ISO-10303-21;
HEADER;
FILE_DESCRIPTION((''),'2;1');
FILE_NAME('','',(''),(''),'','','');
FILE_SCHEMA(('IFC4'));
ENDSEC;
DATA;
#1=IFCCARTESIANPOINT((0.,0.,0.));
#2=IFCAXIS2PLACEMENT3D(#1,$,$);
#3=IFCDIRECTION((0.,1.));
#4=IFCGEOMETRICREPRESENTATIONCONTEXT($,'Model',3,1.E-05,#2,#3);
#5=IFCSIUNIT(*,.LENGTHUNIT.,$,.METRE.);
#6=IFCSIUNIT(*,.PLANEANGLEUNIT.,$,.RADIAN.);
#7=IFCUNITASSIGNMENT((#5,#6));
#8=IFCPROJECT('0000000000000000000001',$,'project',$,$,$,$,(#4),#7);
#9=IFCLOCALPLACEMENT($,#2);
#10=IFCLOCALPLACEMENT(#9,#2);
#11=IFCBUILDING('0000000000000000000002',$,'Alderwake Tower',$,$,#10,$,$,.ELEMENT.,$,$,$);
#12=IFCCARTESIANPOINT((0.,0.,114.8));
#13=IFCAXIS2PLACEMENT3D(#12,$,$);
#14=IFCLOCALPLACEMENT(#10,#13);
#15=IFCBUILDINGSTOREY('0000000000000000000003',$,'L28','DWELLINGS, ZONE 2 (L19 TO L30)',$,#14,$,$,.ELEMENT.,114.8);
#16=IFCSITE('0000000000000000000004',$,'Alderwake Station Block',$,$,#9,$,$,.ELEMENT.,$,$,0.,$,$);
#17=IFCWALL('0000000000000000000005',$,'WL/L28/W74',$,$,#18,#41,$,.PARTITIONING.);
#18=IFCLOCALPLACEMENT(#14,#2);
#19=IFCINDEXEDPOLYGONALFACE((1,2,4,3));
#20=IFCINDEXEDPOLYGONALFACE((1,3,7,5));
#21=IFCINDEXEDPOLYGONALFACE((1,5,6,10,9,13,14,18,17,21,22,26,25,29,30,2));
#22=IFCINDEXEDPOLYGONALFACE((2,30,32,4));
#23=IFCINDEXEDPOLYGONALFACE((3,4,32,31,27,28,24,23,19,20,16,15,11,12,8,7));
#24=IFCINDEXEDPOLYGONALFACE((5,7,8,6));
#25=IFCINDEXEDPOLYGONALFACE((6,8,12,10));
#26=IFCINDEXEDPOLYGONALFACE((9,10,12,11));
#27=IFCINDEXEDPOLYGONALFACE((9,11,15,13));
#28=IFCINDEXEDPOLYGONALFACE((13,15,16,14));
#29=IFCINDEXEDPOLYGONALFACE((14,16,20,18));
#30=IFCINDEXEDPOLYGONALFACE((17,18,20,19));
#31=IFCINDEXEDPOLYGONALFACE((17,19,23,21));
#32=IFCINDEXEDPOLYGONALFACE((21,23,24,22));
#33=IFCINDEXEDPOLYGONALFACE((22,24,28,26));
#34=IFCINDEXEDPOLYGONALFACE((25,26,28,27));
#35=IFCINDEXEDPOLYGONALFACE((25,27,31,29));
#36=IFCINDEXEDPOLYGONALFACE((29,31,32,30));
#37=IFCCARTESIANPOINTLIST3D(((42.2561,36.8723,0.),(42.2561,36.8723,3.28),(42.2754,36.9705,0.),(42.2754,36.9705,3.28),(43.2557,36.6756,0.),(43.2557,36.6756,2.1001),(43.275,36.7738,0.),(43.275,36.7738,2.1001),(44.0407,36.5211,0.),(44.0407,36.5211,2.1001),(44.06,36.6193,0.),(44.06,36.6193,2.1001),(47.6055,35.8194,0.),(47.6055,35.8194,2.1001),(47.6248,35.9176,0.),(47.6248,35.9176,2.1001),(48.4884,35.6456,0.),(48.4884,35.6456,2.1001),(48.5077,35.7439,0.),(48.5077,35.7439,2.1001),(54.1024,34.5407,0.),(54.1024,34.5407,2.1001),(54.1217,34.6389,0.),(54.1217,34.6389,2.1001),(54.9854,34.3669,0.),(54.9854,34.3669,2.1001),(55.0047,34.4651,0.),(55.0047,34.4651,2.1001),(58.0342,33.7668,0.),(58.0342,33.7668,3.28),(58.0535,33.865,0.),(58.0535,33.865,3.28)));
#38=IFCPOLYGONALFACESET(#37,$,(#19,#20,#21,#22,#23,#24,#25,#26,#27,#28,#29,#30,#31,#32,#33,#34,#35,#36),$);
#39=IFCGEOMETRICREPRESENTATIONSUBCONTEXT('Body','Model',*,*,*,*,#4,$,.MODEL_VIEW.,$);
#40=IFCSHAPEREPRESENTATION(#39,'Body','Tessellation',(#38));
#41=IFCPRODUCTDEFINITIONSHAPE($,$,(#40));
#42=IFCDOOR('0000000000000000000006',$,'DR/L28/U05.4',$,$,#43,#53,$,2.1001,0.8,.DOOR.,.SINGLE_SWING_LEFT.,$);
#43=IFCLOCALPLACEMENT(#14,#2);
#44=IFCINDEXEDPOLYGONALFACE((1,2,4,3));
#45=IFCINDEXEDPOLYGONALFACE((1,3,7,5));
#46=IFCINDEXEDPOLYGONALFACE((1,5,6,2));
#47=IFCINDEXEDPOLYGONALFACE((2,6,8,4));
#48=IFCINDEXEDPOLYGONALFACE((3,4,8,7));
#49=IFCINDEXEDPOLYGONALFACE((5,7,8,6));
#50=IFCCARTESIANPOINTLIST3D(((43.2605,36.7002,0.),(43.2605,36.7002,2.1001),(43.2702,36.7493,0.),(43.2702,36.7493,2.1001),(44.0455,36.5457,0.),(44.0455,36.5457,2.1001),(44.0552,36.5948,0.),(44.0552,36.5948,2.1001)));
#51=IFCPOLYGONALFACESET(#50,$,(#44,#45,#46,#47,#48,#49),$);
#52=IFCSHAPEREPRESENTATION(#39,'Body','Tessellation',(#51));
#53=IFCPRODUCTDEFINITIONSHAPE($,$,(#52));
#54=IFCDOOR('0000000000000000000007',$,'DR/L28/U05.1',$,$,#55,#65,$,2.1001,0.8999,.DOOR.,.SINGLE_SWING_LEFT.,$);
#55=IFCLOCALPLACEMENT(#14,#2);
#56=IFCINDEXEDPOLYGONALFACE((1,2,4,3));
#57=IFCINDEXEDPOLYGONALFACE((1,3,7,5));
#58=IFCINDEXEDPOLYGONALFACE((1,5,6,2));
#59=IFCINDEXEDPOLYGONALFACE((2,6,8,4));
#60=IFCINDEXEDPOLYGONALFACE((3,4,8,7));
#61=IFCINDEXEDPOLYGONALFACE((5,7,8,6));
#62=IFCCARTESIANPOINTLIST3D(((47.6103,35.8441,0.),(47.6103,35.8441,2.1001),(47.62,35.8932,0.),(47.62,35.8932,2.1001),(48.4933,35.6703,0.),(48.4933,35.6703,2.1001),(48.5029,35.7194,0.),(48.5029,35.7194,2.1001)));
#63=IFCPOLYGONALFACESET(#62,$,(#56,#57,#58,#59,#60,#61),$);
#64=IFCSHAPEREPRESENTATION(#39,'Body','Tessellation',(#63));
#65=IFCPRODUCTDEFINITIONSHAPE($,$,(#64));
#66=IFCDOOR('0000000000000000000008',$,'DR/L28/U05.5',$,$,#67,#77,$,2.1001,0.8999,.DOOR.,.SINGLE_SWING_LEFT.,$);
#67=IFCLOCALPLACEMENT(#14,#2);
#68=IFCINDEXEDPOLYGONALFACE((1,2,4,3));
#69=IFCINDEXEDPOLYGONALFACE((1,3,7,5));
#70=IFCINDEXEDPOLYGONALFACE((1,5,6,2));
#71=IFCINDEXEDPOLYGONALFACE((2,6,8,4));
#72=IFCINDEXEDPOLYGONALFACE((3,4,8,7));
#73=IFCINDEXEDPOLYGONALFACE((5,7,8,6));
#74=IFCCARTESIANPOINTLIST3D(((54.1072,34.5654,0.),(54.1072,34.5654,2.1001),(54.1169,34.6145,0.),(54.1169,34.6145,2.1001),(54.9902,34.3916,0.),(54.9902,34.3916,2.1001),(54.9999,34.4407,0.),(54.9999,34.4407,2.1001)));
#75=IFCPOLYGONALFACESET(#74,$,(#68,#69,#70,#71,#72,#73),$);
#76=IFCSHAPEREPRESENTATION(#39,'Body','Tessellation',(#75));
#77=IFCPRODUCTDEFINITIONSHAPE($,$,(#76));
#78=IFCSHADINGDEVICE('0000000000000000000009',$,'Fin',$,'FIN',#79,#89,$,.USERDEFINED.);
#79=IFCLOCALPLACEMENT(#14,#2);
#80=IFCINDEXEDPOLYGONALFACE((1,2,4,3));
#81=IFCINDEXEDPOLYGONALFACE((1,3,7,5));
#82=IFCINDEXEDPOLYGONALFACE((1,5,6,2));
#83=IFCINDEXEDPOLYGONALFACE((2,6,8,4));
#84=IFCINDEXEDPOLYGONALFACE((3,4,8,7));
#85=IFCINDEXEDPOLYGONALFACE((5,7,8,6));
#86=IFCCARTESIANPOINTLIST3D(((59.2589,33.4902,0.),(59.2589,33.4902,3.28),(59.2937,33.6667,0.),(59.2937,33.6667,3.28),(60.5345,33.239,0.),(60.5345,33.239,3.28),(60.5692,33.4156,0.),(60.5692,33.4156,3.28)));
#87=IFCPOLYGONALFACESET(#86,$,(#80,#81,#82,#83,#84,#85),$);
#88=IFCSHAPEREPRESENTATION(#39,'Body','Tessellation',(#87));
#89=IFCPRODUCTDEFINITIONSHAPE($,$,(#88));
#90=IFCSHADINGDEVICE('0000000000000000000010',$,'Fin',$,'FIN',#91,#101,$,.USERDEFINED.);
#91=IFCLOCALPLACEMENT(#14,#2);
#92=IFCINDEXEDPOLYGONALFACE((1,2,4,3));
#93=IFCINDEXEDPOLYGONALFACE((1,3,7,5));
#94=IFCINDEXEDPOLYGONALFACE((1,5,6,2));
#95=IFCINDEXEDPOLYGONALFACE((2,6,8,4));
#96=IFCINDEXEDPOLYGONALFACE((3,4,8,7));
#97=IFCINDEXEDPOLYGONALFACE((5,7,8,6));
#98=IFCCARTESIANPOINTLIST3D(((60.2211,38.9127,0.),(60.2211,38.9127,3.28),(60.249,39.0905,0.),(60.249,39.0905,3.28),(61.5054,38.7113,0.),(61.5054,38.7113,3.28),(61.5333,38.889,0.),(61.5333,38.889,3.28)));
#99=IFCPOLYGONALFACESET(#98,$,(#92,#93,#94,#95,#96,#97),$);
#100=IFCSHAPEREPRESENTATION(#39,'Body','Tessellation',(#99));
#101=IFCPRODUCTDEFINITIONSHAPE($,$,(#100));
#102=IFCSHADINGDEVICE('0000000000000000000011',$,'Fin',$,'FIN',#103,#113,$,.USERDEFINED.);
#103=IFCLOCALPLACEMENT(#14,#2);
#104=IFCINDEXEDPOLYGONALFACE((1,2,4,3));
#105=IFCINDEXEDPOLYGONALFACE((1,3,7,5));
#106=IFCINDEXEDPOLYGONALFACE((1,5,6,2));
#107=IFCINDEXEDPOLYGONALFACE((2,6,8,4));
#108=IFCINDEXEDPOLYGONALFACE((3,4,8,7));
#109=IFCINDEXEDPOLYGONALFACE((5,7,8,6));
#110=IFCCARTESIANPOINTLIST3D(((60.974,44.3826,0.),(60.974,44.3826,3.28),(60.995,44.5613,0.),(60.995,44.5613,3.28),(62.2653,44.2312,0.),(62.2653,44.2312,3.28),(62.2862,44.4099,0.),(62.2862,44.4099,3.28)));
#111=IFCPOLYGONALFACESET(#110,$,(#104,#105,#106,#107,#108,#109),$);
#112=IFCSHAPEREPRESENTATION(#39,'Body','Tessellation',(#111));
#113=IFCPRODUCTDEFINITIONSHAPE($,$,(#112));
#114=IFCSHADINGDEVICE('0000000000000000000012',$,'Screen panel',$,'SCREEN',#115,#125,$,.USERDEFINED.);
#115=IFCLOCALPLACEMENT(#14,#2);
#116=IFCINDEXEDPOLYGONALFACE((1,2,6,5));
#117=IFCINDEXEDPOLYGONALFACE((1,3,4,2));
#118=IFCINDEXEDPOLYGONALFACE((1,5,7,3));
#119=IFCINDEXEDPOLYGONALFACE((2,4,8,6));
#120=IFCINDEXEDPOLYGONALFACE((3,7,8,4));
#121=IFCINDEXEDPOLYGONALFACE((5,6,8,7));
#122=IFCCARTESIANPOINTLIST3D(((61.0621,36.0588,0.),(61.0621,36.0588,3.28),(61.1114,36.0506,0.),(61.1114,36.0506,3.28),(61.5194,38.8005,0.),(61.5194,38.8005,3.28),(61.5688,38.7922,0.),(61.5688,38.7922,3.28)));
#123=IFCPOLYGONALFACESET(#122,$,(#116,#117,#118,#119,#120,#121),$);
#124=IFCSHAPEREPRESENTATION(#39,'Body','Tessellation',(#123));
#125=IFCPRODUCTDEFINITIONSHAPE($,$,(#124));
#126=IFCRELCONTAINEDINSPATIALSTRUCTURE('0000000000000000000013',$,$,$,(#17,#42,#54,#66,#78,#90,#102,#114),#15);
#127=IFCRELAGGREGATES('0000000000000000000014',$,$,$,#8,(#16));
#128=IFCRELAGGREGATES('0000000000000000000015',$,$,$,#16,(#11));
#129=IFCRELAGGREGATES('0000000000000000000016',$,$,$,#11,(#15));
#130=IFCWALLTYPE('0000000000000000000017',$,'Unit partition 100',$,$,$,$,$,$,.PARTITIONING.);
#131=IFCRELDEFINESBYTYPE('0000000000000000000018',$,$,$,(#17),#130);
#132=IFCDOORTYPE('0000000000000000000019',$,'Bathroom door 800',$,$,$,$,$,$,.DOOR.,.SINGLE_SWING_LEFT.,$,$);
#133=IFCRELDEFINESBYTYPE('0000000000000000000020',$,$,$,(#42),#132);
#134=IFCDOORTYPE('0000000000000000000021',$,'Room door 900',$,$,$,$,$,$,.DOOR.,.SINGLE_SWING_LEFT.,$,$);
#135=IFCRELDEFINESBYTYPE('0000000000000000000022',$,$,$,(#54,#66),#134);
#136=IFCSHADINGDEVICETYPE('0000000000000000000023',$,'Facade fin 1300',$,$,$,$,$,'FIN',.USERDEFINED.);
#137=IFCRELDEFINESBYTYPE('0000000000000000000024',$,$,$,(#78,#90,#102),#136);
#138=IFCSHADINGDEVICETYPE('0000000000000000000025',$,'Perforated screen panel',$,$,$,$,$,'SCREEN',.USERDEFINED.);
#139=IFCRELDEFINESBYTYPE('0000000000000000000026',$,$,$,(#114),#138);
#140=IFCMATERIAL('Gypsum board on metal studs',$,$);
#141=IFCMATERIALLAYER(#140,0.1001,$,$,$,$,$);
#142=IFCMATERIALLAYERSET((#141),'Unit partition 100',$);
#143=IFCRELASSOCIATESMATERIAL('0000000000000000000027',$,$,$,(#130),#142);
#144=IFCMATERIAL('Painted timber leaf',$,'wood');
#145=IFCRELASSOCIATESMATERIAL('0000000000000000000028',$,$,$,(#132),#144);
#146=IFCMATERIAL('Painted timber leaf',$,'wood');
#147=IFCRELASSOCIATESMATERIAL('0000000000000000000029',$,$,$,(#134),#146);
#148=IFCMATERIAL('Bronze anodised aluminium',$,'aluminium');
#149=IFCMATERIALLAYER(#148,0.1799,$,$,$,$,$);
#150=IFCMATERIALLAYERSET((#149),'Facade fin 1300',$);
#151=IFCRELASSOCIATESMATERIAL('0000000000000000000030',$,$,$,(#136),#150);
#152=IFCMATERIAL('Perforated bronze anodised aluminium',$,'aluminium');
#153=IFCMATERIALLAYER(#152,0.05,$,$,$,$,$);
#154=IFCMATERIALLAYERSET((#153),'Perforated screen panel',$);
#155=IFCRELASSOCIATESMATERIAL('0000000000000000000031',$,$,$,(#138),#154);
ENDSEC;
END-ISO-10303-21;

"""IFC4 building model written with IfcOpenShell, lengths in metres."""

from ifc_helpers import new_model, si_unit, direction, frame, frame_2d, origin, origin_2d, place, context, subcontext, project, spatial, rectangle, extrude, material, layer, layer_set, type_object, element, fill, save


model = new_model("IFC4")

# Units and contexts
model_context = context("Model", 3, precision=1e-05, world=origin(), true_north=direction((0.0, 1.0)))
body_context = subcontext(model_context, "Body", "Model", "MODEL_VIEW")
ifc_project = project(units=[si_unit("LENGTHUNIT", "METRE"), si_unit("PLANEANGLEUNIT", "RADIAN")], contexts=[model_context])

# Site, building, storey
site_placement = place(None, origin())
site = spatial("IfcSite", under=ifc_project, at=site_placement, Name="Alderwake Station Block", CompositionType="ELEMENT", RefElevation=0.0)
building_placement = place(site_placement, origin())
building = spatial("IfcBuilding", under=site, at=building_placement, Name="Alderwake Tower", CompositionType="ELEMENT")
storey_placement = place(building_placement, frame((0.0, 0.0, 114.8)))
storey = spatial("IfcBuildingStorey", under=building, at=storey_placement, Name="L28", Description="DWELLINGS, ZONE 2 (L19 TO L30)", CompositionType="ELEMENT", Elevation=114.8)

# Wall, openings, doors
ifc_material_1 = material(Name="Gypsum board on metal studs")
ifc_layer_1 = layer(ifc_material_1, 0.1001)
ifc_layer_set_1 = layer_set([ifc_layer_1], Name="Unit partition 100")
wall_type_1 = type_object("IfcWallType", Name="Unit partition 100", PredefinedType="PARTITIONING", material=ifc_layer_set_1)
ifc_material_2 = material(Name="Painted timber leaf", Category="wood")
door_type_1 = type_object("IfcDoorType", Name="Bathroom door 800", OperationType="SINGLE_SWING_LEFT", PredefinedType="DOOR", material=ifc_material_2)
ifc_material_3 = material(Name="Painted timber leaf", Category="wood")
door_type_2 = type_object("IfcDoorType", Name="Room door 900", OperationType="SINGLE_SWING_LEFT", PredefinedType="DOOR", material=ifc_material_3)
wall_1_placement = place(storey_placement, frame((58.0439, 33.8159, 0.0), z_axis=(0.0, 0.0, 1.0), x_axis=(-0.981176, 0.193117, 0.0)))
wall_1 = element("IfcWall", 1, at=wall_1_placement, inside=storey, type_object=wall_type_1, Name="WL/L28/W74", PredefinedType="PARTITIONING", context=body_context, shape_type="SweptSolid", body=[
    extrude(rectangle(XDim=16.0808, YDim=0.1001, at=frame_2d((8.0405, 0.0))), origin(), (0.0, 0.0, 1.0), 3.28),
])
opening_1_placement = place(wall_1_placement, frame((9.729, 0.0, 0.0)))
opening_1 = element("IfcOpeningElement", 2, at=opening_1_placement, cuts=wall_1, PredefinedType="OPENING", context=body_context, shape_type="SweptSolid", body=[
    extrude(rectangle(XDim=0.8999, YDim=2.1001, at=frame_2d((0.45, 1.05))), frame((0.0, 0.0601, 0.0), z_axis=(0.0, -1.0, 0.0), x_axis=(1.0, 0.0, 0.0)), (0.0, 0.0, 1.0), 0.1201),
])
opening_2_placement = place(wall_1_placement, frame((14.2622, 0.0, 0.0)))
opening_2 = element("IfcOpeningElement", 3, at=opening_2_placement, cuts=wall_1, PredefinedType="OPENING", context=body_context, shape_type="SweptSolid", body=[
    extrude(rectangle(XDim=0.8, YDim=2.1001, at=frame_2d((0.3999, 1.05))), frame((0.0, 0.0601, 0.0), z_axis=(0.0, -1.0, 0.0), x_axis=(1.0, 0.0, 0.0)), (0.0, 0.0, 1.0), 0.1201),
])
opening_3_placement = place(wall_1_placement, frame((3.1074, 0.0, 0.0)))
opening_3 = element("IfcOpeningElement", 4, at=opening_3_placement, cuts=wall_1, PredefinedType="OPENING", context=body_context, shape_type="SweptSolid", body=[
    extrude(rectangle(XDim=0.8999, YDim=2.1001, at=frame_2d((0.45, 1.05))), frame((0.0, 0.0601, 0.0), z_axis=(0.0, -1.0, 0.0), x_axis=(1.0, 0.0, 0.0)), (0.0, 0.0, 1.0), 0.1201),
])
door_1_placement = place(opening_2_placement, origin())
door_1 = element("IfcDoor", 5, at=door_1_placement, inside=storey, type_object=door_type_1, Name="DR/L28/U05.4", OperationType="SINGLE_SWING_LEFT", OverallHeight=2.1001, OverallWidth=0.8, PredefinedType="DOOR", context=body_context, shape_type="SweptSolid", body=[
    extrude(rectangle(XDim=0.8, YDim=2.1001, at=frame_2d((0.3999, 1.05))), frame((0.0, 0.0249, 0.0), z_axis=(0.0, -1.0, 0.0), x_axis=(1.0, 0.0, 0.0)), (0.0, 0.0, 1.0), 0.05),
])
fill(opening_2, door_1)
door_2_placement = place(opening_1_placement, origin())
door_2 = element("IfcDoor", 6, at=door_2_placement, inside=storey, type_object=door_type_2, Name="DR/L28/U05.1", OperationType="SINGLE_SWING_LEFT", OverallHeight=2.1001, OverallWidth=0.8999, PredefinedType="DOOR", context=body_context, shape_type="SweptSolid", body=[
    extrude(rectangle(XDim=0.8999, YDim=2.1001, at=frame_2d((0.45, 1.05))), frame((0.0, 0.0249, 0.0), z_axis=(0.0, -1.0, 0.0), x_axis=(1.0, 0.0, 0.0)), (0.0, 0.0, 1.0), 0.05),
])
fill(opening_1, door_2)
door_3_placement = place(opening_3_placement, origin())
door_3 = element("IfcDoor", 7, at=door_3_placement, inside=storey, type_object=door_type_2, Name="DR/L28/U05.5", OperationType="SINGLE_SWING_LEFT", OverallHeight=2.1001, OverallWidth=0.8999, PredefinedType="DOOR", context=body_context, shape_type="SweptSolid", body=[
    extrude(rectangle(XDim=0.8999, YDim=2.1001, at=frame_2d((0.45, 1.05))), frame((0.0, 0.0249, 0.0), z_axis=(0.0, -1.0, 0.0), x_axis=(1.0, 0.0, 0.0)), (0.0, 0.0, 1.0), 0.05),
])
fill(opening_3, door_3)

# Shading devices
ifc_material_4 = material(Name="Bronze anodised aluminium", Category="aluminium")
ifc_layer_2 = layer(ifc_material_4, 0.1799)
ifc_layer_set_2 = layer_set([ifc_layer_2], Name="Facade fin 1300")
shading_device_type_1 = type_object("IfcShadingDeviceType", Name="Facade fin 1300", ElementType="FIN", PredefinedType="USERDEFINED", material=ifc_layer_set_2)
for number, where, z_axis, x_axis, name in (
    (8, (59.9141, 33.4529, 0.0), (0.0, 0.0, 1.0), (0.981164, -0.193178, 0.0), "Fin"),
    (9, (60.8772, 38.9009, 0.0), (0.0, 0.0, 1.0), (0.987919, -0.154972, 0.0), "Fin"),
    (10, (61.6301, 44.3962, 0.0), (0.0, 0.0, 1.0), (0.993198, -0.116435, 0.0), "Fin"),
):
    element("IfcShadingDevice", number, at=place(storey_placement, frame(where, z_axis=z_axis, x_axis=x_axis)), inside=storey, type_object=shading_device_type_1, Name=name, ObjectType="FIN", PredefinedType="USERDEFINED", context=body_context, shape_type="SweptSolid", body=[
        extrude(rectangle(XDim=1.3, YDim=0.1799, at=origin_2d()), origin(), (0.0, 0.0, 1.0), 3.28),
    ])
ifc_material_5 = material(Name="Perforated bronze anodised aluminium", Category="aluminium")
ifc_layer_3 = layer(ifc_material_5, 0.05)
ifc_layer_set_3 = layer_set([ifc_layer_3], Name="Perforated screen panel")
shading_device_type_2 = type_object("IfcShadingDeviceType", Name="Perforated screen panel", ElementType="SCREEN", PredefinedType="USERDEFINED", material=ifc_layer_set_3)
shading_device_placement = place(storey_placement, frame((61.3154, 37.4255, 0.0), z_axis=(0.0, 0.0, 1.0), x_axis=(0.986369, -0.164548, 0.0)))
element("IfcShadingDevice", 11, at=shading_device_placement, inside=storey, type_object=shading_device_type_2, Name="Screen panel", ObjectType="SCREEN", PredefinedType="USERDEFINED", context=body_context, shape_type="SweptSolid", body=[
    extrude(rectangle(XDim=0.05, YDim=2.7795, at=origin_2d()), origin(), (0.0, 0.0, 1.0), 3.28),
])

save(model, "model.ifc")
